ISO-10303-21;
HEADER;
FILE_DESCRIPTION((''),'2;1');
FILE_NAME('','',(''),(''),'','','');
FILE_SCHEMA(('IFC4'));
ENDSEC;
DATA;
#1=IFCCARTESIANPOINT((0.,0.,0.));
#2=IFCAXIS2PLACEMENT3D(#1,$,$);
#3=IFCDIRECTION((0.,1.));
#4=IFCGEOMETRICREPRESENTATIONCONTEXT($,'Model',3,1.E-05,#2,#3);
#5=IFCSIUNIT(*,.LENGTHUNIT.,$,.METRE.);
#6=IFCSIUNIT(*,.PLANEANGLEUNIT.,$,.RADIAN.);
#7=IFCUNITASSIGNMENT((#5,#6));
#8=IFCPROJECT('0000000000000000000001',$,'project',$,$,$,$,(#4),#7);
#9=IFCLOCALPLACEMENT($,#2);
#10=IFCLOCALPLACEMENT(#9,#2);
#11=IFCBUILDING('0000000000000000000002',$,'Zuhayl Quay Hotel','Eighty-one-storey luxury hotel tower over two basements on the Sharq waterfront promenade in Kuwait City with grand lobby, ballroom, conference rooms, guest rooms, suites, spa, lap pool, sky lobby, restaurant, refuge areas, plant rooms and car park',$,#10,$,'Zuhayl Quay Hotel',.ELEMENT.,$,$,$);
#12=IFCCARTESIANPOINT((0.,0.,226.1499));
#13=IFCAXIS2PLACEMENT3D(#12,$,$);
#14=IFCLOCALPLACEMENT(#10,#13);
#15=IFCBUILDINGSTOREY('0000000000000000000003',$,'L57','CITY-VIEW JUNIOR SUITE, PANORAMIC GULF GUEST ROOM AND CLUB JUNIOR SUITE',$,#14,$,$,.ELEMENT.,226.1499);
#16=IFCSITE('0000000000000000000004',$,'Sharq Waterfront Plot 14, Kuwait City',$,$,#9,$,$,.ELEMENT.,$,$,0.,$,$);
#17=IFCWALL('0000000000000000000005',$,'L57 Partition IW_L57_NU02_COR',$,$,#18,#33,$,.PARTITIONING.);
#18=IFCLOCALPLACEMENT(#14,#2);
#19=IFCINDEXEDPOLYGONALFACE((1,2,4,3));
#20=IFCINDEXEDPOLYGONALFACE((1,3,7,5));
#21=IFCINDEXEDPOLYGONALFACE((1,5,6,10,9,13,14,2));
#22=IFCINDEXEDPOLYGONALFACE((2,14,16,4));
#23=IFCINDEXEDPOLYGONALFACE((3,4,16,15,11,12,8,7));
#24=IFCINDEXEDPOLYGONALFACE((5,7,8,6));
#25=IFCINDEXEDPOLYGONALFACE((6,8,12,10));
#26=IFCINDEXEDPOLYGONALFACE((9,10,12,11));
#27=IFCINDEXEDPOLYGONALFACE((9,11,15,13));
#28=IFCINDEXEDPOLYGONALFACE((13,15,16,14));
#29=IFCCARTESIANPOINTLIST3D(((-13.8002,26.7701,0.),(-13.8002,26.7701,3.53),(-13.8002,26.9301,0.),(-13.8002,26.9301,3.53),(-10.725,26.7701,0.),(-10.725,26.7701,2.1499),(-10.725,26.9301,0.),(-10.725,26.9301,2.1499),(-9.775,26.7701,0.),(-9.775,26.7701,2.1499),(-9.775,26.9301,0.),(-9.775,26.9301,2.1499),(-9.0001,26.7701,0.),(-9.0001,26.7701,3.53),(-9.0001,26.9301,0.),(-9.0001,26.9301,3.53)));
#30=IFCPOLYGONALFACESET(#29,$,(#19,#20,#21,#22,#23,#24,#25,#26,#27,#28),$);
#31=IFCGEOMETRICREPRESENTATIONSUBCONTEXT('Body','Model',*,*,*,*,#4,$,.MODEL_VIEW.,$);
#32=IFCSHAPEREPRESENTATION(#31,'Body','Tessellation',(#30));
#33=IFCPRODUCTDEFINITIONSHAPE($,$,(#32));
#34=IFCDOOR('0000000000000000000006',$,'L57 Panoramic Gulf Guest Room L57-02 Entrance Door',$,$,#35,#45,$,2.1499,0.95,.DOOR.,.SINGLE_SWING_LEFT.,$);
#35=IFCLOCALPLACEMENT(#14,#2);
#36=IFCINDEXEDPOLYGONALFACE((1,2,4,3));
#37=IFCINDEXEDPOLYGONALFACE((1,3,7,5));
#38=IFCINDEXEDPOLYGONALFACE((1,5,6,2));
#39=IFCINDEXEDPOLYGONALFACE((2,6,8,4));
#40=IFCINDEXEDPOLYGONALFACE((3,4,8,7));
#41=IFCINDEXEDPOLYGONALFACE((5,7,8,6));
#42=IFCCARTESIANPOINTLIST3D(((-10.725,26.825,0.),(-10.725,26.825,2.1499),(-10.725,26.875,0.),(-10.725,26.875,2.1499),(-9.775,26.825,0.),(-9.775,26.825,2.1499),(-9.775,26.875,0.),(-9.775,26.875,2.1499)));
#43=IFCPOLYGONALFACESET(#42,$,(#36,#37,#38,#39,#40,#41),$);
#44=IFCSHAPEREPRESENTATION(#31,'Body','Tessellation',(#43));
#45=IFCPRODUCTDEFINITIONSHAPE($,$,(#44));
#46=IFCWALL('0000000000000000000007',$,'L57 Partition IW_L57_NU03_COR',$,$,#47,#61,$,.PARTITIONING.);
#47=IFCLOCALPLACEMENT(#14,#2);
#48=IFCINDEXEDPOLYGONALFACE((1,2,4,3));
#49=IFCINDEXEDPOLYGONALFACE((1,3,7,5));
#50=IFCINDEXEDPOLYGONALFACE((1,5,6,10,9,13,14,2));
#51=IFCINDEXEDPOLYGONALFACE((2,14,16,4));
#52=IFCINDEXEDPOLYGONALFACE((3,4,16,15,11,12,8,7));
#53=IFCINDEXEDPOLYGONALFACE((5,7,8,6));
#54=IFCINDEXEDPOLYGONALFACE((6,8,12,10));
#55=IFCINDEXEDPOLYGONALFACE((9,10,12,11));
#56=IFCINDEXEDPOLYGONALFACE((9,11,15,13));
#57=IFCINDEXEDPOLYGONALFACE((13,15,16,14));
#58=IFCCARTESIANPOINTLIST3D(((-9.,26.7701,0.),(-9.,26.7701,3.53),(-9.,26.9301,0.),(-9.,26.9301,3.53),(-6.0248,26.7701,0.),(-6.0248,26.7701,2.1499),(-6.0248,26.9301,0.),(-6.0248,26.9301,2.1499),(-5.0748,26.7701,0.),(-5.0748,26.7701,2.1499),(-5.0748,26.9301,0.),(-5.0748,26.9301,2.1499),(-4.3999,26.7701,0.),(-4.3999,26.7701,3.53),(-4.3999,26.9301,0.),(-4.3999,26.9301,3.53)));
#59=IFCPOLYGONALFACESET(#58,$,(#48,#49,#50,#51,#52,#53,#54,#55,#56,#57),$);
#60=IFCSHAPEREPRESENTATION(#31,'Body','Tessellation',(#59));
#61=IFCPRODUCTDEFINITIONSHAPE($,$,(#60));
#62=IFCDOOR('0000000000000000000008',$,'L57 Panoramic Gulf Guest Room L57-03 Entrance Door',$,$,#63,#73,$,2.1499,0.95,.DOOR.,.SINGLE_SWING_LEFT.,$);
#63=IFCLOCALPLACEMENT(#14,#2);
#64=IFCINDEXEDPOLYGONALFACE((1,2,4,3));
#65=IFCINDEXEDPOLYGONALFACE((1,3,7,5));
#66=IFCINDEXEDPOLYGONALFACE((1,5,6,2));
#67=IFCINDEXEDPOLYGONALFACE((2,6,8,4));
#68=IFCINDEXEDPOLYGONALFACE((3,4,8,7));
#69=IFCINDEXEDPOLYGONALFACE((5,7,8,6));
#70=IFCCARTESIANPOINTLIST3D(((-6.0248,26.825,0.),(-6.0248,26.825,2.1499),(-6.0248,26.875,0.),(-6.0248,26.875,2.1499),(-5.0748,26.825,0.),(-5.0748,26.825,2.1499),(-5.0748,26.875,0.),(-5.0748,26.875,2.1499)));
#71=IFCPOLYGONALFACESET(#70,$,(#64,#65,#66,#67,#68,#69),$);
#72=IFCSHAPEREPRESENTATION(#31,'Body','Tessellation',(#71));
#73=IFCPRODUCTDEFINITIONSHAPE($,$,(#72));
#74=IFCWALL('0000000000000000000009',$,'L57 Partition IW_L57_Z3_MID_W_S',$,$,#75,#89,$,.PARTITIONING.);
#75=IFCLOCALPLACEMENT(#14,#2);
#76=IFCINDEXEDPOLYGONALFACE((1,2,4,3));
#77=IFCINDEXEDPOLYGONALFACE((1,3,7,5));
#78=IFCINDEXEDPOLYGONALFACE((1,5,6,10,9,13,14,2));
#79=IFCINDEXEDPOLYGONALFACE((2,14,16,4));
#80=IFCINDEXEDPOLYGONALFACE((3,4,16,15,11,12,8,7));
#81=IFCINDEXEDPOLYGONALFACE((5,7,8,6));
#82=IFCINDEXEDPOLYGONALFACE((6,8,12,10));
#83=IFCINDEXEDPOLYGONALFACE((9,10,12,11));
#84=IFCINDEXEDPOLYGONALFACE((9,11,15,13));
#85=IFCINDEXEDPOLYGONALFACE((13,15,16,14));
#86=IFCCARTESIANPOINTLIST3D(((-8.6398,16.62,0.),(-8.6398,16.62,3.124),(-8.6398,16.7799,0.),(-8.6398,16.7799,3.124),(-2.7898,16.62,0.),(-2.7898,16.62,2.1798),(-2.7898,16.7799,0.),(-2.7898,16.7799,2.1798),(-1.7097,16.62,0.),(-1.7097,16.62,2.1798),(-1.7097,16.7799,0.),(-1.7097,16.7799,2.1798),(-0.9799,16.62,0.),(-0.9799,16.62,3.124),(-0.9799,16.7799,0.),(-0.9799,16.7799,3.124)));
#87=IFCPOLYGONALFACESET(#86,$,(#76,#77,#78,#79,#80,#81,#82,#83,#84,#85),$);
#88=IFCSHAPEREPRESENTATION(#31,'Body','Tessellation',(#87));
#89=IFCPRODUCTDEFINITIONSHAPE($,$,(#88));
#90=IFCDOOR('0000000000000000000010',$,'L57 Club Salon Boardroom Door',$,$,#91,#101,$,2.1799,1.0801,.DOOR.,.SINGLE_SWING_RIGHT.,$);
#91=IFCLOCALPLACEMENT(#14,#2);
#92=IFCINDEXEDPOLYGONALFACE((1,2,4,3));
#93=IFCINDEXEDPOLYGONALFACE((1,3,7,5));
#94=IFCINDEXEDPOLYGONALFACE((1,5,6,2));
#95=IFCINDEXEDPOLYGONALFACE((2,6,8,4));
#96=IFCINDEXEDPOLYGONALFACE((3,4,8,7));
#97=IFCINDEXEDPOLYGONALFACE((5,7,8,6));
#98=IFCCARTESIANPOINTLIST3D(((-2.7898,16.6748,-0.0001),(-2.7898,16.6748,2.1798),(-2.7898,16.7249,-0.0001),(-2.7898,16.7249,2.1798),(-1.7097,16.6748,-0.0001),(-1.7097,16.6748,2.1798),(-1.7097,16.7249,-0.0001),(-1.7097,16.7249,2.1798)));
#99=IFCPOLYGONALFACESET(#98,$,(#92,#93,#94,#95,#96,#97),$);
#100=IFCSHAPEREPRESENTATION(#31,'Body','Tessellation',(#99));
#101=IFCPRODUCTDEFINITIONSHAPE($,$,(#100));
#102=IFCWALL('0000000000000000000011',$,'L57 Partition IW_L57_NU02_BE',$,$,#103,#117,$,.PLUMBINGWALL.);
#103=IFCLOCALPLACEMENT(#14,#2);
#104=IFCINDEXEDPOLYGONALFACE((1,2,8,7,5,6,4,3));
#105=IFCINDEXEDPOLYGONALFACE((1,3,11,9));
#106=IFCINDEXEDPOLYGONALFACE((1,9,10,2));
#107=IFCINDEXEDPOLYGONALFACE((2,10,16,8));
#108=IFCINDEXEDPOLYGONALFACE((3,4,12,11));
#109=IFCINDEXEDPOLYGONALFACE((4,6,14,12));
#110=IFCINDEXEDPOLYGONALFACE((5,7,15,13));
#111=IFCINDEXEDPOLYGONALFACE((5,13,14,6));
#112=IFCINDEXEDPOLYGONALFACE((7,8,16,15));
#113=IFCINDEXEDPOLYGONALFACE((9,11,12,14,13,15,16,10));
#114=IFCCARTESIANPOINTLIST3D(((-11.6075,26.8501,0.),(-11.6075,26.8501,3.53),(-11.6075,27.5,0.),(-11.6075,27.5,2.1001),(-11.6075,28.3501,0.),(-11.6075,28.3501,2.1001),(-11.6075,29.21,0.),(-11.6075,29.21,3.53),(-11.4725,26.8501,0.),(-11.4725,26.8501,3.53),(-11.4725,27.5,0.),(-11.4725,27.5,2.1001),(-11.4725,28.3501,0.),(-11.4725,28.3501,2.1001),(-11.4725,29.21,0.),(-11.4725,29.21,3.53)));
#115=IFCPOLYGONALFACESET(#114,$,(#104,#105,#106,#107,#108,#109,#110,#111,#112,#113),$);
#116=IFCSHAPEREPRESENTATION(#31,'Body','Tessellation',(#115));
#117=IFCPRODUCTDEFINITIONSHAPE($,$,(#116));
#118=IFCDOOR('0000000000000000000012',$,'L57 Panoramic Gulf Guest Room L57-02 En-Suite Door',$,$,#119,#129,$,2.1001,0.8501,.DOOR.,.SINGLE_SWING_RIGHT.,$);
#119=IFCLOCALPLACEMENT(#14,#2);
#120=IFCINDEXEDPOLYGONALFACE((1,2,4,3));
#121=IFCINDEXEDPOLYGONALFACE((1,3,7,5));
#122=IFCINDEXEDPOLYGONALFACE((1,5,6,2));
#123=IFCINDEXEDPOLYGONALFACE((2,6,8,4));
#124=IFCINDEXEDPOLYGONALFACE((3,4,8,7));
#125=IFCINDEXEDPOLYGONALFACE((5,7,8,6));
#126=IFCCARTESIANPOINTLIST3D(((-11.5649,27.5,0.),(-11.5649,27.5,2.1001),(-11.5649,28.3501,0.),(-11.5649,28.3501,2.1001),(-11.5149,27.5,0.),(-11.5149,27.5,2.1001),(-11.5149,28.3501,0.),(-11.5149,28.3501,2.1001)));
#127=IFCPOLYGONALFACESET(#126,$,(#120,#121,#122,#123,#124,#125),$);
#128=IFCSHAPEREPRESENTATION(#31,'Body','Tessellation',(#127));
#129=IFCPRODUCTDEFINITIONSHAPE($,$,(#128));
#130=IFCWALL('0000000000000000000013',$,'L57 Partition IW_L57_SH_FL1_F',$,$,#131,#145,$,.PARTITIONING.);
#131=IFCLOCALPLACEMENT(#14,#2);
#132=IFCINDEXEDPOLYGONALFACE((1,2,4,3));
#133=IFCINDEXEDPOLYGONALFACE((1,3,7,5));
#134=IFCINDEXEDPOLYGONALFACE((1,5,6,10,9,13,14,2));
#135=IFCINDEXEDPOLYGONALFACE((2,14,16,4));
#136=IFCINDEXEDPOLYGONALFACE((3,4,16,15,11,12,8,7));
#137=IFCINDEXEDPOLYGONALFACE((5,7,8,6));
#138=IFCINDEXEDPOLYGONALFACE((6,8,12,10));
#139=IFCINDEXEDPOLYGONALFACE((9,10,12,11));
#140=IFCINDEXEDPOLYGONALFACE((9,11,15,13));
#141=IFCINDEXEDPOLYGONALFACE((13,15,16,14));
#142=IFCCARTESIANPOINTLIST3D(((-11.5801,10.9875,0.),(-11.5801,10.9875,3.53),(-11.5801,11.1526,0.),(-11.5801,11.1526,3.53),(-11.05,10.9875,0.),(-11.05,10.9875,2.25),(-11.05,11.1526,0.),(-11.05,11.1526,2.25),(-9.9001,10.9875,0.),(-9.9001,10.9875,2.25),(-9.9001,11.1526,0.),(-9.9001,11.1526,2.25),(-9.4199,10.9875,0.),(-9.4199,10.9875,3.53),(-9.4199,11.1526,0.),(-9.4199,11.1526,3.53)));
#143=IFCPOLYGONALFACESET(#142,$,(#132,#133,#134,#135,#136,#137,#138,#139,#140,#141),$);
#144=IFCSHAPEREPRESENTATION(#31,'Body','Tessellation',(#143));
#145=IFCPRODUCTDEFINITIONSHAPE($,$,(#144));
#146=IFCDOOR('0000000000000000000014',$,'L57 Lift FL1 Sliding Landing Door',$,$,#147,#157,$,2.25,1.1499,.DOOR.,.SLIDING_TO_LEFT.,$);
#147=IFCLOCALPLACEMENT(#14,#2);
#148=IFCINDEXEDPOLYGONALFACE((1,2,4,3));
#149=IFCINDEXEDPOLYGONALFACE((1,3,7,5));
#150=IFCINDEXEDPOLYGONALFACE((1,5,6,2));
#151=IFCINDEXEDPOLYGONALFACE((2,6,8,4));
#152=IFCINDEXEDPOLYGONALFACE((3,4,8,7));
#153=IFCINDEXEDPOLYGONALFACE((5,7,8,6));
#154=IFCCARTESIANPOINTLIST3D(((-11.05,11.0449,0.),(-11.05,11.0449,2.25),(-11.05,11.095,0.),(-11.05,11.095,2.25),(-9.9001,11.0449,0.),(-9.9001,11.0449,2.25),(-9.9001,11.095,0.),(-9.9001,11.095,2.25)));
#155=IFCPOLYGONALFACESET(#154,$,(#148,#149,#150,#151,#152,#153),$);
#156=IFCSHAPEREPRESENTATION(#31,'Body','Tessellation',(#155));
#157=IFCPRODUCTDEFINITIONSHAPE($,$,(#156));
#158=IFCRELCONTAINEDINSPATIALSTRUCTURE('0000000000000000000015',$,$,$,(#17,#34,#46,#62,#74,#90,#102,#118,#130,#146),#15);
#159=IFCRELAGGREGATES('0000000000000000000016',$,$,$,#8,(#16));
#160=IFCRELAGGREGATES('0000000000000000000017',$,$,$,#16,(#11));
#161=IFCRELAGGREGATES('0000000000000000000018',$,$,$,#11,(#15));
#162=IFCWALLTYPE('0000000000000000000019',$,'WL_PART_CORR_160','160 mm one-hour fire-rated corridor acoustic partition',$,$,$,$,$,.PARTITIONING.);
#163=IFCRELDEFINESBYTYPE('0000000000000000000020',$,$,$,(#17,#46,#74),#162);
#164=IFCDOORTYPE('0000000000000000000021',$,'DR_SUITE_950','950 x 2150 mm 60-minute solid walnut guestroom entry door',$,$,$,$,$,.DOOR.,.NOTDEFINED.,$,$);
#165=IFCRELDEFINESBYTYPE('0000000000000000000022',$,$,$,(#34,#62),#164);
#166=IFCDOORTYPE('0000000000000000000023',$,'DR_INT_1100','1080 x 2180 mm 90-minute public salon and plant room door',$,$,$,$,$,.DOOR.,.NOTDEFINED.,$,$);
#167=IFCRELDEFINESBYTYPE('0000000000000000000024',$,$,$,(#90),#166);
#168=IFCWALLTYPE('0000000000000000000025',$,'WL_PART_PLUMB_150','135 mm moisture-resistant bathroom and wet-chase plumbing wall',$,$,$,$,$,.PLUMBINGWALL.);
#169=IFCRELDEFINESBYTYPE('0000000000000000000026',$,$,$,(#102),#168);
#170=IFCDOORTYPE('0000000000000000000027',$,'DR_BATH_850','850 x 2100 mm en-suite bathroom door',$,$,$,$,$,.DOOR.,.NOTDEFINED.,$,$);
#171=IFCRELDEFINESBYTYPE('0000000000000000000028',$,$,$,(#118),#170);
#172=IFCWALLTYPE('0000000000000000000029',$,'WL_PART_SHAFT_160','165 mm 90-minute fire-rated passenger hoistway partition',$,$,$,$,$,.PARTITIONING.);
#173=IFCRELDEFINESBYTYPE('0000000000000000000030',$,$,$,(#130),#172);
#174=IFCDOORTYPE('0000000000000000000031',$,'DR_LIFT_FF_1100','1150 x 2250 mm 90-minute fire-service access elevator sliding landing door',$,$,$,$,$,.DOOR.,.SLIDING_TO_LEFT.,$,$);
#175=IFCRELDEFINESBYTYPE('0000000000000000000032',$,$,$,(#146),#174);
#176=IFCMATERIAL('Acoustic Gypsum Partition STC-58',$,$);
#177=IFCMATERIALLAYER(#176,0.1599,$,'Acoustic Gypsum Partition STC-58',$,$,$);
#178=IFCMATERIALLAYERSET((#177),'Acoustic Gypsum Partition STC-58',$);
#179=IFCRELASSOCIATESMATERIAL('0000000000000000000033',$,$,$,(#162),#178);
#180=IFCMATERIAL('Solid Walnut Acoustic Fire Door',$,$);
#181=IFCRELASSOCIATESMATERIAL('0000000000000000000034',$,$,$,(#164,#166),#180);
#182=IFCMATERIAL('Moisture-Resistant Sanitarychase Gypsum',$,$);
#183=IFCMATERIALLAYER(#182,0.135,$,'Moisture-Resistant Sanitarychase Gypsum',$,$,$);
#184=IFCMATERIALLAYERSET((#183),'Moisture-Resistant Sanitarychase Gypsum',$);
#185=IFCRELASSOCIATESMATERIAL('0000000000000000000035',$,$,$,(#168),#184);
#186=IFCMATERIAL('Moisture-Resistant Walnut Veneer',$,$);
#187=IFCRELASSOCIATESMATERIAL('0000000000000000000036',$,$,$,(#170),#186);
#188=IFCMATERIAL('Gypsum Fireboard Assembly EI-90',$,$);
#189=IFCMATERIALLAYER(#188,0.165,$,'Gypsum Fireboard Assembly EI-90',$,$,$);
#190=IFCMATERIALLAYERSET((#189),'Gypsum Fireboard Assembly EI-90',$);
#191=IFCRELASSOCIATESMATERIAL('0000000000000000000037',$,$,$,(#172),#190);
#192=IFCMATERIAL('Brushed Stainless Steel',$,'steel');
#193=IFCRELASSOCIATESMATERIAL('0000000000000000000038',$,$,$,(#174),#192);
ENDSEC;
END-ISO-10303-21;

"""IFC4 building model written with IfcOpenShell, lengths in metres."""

from ifc_helpers import new_model, si_unit, direction, frame, frame_2d, origin, place, context, subcontext, project, spatial, rectangle, extrude, material, layer, layer_set, type_object, element, fill, save


model = new_model("IFC4")

# Units and contexts
model_context = context("Model", 3, precision=1e-05, world=origin(), true_north=direction((0.0, 1.0)))
body_context = subcontext(model_context, "Body", "Model", "MODEL_VIEW")
ifc_project = project(units=[si_unit("LENGTHUNIT", "METRE"), si_unit("PLANEANGLEUNIT", "RADIAN")], contexts=[model_context])

# Site, building, storey
site_placement = place(None, origin())
site = spatial("IfcSite", under=ifc_project, at=site_placement, Name="Sharq Waterfront Plot 14, Kuwait City", CompositionType="ELEMENT", RefElevation=0.0)
building_placement = place(site_placement, origin())
building = spatial("IfcBuilding", under=site, at=building_placement, Name="Zuhayl Quay Hotel", Description="Eighty-one-storey luxury hotel tower over two basements on the Sharq waterfront promenade in Kuwait City with grand lobby, ballroom, conference rooms, guest rooms, suites, spa, lap pool, sky lobby, restaurant, refuge areas, plant rooms and car park", LongName="Zuhayl Quay Hotel", CompositionType="ELEMENT")
storey_placement = place(building_placement, frame((0.0, 0.0, 226.1499)))
storey = spatial("IfcBuildingStorey", under=building, at=storey_placement, Name="L57", Description="CITY-VIEW JUNIOR SUITE, PANORAMIC GULF GUEST ROOM AND CLUB JUNIOR SUITE", CompositionType="ELEMENT", Elevation=226.1499)

# Shared definitions
ifc_material_1 = material(Name="Acoustic Gypsum Partition STC-58")

# Walls, openings, doors
ifc_layer_1 = layer(ifc_material_1, 0.1599, Name="Acoustic Gypsum Partition STC-58")
ifc_layer_set_1 = layer_set([ifc_layer_1], Name="Acoustic Gypsum Partition STC-58")
wall_type_1 = type_object("IfcWallType", Name="WL_PART_CORR_160", Description="160 mm one-hour fire-rated corridor acoustic partition", PredefinedType="PARTITIONING", material=ifc_layer_set_1)
wall_1_placement = place(storey_placement, frame((-13.8, 26.8501, 0.0), z_axis=(0.0, 0.0, 1.0), x_axis=(1.0, 0.0, 0.0)))
wall_1 = element("IfcWall", 1, at=wall_1_placement, inside=storey, type_object=wall_type_1, Name="L57 Partition IW_L57_NU02_COR", PredefinedType="PARTITIONING", context=body_context, shape_type="SweptSolid", body=[
    extrude(rectangle(XDim=4.8, YDim=0.1599, at=frame_2d((2.3999, 0.0))), origin(), (0.0, 0.0, 1.0), 3.53),
])
opening_1_placement = place(wall_1_placement, frame((3.075, 0.0, 0.0)))
opening_1 = element("IfcOpeningElement", 2, at=opening_1_placement, cuts=wall_1, PredefinedType="OPENING", context=body_context, shape_type="SweptSolid", body=[
    extrude(rectangle(XDim=0.95, YDim=2.1499, at=frame_2d((0.4751, 1.075))), frame((0.0, 0.0898, 0.0), z_axis=(0.0, -1.0, 0.0), x_axis=(1.0, 0.0, 0.0)), (0.0, 0.0, 1.0), 0.1799),
])
ifc_material_2 = material(Name="Solid Walnut Acoustic Fire Door")
door_type_1 = type_object("IfcDoorType", Name="DR_SUITE_950", Description="950 x 2150 mm 60-minute solid walnut guestroom entry door", OperationType="NOTDEFINED", PredefinedType="DOOR", material=ifc_material_2)
door_1_placement = place(opening_1_placement, origin())
door_1 = element("IfcDoor", 3, at=door_1_placement, inside=storey, type_object=door_type_1, Name="L57 Panoramic Gulf Guest Room L57-02 Entrance Door", OperationType="SINGLE_SWING_LEFT", OverallHeight=2.1499, OverallWidth=0.95, PredefinedType="DOOR", context=body_context, shape_type="SweptSolid", body=[
    extrude(rectangle(XDim=0.95, YDim=2.1499, at=frame_2d((0.4751, 1.075))), frame((0.0, 0.0249, 0.0), z_axis=(0.0, -1.0, 0.0), x_axis=(1.0, 0.0, 0.0)), (0.0, 0.0, 1.0), 0.05),
])
fill(opening_1, door_1)
wall_2_placement = place(storey_placement, frame((-9.0, 26.8501, 0.0), z_axis=(0.0, 0.0, 1.0), x_axis=(1.0, 0.0, 0.0)))
wall_2 = element("IfcWall", 4, at=wall_2_placement, inside=storey, type_object=wall_type_1, Name="L57 Partition IW_L57_NU03_COR", PredefinedType="PARTITIONING", context=body_context, shape_type="SweptSolid", body=[
    extrude(rectangle(XDim=4.6001, YDim=0.1599, at=frame_2d((2.3, 0.0))), origin(), (0.0, 0.0, 1.0), 3.53),
])
opening_2_placement = place(wall_2_placement, frame((2.9751, 0.0, 0.0)))
opening_2 = element("IfcOpeningElement", 5, at=opening_2_placement, cuts=wall_2, PredefinedType="OPENING", context=body_context, shape_type="SweptSolid", body=[
    extrude(rectangle(XDim=0.95, YDim=2.1499, at=frame_2d((0.4751, 1.075))), frame((0.0, 0.0898, 0.0), z_axis=(0.0, -1.0, 0.0), x_axis=(1.0, 0.0, 0.0)), (0.0, 0.0, 1.0), 0.1799),
])
door_2_placement = place(opening_2_placement, origin())
door_2 = element("IfcDoor", 6, at=door_2_placement, inside=storey, type_object=door_type_1, Name="L57 Panoramic Gulf Guest Room L57-03 Entrance Door", OperationType="SINGLE_SWING_LEFT", OverallHeight=2.1499, OverallWidth=0.95, PredefinedType="DOOR", context=body_context, shape_type="SweptSolid", body=[
    extrude(rectangle(XDim=0.95, YDim=2.1499, at=frame_2d((0.4751, 1.075))), frame((0.0, 0.0249, 0.0), z_axis=(0.0, -1.0, 0.0), x_axis=(1.0, 0.0, 0.0)), (0.0, 0.0, 1.0), 0.05),
])
fill(opening_2, door_2)
wall_3_placement = place(storey_placement, frame((-8.6399, 16.7, 0.0), z_axis=(0.0, 0.0, 1.0), x_axis=(1.0, 0.0, 0.0)))
wall_3 = element("IfcWall", 7, at=wall_3_placement, inside=storey, type_object=wall_type_1, Name="L57 Partition IW_L57_Z3_MID_W_S", PredefinedType="PARTITIONING", context=body_context, shape_type="SweptSolid", body=[
    extrude(rectangle(XDim=7.6599, YDim=0.1599, at=frame_2d((3.8301, 0.0))), origin(), (0.0, 0.0, 1.0), 3.124),
])
opening_3_placement = place(wall_3_placement, frame((5.8501, 0.0, 0.0)))
opening_3 = element("IfcOpeningElement", 8, at=opening_3_placement, cuts=wall_3, PredefinedType="OPENING", context=body_context, shape_type="SweptSolid", body=[
    extrude(rectangle(XDim=1.0801, YDim=2.1799, at=frame_2d((0.54, 1.0898))), frame((0.0, 0.0898, 0.0), z_axis=(0.0, -1.0, 0.0), x_axis=(1.0, 0.0, 0.0)), (0.0, 0.0, 1.0), 0.1799),
])
door_type_2 = type_object("IfcDoorType", Name="DR_INT_1100", Description="1080 x 2180 mm 90-minute public salon and plant room door", OperationType="NOTDEFINED", PredefinedType="DOOR", material=ifc_material_2)
door_3_placement = place(opening_3_placement, origin())
door_3 = element("IfcDoor", 9, at=door_3_placement, inside=storey, type_object=door_type_2, Name="L57 Club Salon Boardroom Door", OperationType="SINGLE_SWING_RIGHT", OverallHeight=2.1799, OverallWidth=1.0801, PredefinedType="DOOR", context=body_context, shape_type="SweptSolid", body=[
    extrude(rectangle(XDim=1.0801, YDim=2.1799, at=frame_2d((0.54, 1.0898))), frame((0.0, 0.0249, 0.0), z_axis=(0.0, -1.0, 0.0), x_axis=(1.0, 0.0, 0.0)), (0.0, 0.0, 1.0), 0.05),
])
fill(opening_3, door_3)
ifc_material_3 = material(Name="Moisture-Resistant Sanitarychase Gypsum")
ifc_layer_2 = layer(ifc_material_3, 0.135, Name="Moisture-Resistant Sanitarychase Gypsum")
ifc_layer_set_2 = layer_set([ifc_layer_2], Name="Moisture-Resistant Sanitarychase Gypsum")
wall_type_2 = type_object("IfcWallType", Name="WL_PART_PLUMB_150", Description="135 mm moisture-resistant bathroom and wet-chase plumbing wall", PredefinedType="PLUMBINGWALL", material=ifc_layer_set_2)
wall_4_placement = place(storey_placement, frame((-11.54, 26.8501, 0.0), z_axis=(0.0, 0.0, 1.0), x_axis=(0.0, 1.0, 0.0)))
wall_4 = element("IfcWall", 10, at=wall_4_placement, inside=storey, type_object=wall_type_2, Name="L57 Partition IW_L57_NU02_BE", PredefinedType="PLUMBINGWALL", context=body_context, shape_type="SweptSolid", body=[
    extrude(rectangle(XDim=2.3599, YDim=0.135, at=frame_2d((1.1799, 0.0))), origin(), (0.0, 0.0, 1.0), 3.53),
])
opening_4_placement = place(wall_4_placement, frame((0.6499, 0.0, 0.0)))
opening_4 = element("IfcOpeningElement", 11, at=opening_4_placement, cuts=wall_4, PredefinedType="OPENING", context=body_context, shape_type="SweptSolid", body=[
    extrude(rectangle(XDim=0.8501, YDim=2.1001, at=frame_2d((0.425, 1.05))), frame((0.0, 0.0774, 0.0), z_axis=(0.0, -1.0, 0.0), x_axis=(1.0, 0.0, 0.0)), (0.0, 0.0, 1.0), 0.155),
])
ifc_material_4 = material(Name="Moisture-Resistant Walnut Veneer")
door_type_3 = type_object("IfcDoorType", Name="DR_BATH_850", Description="850 x 2100 mm en-suite bathroom door", OperationType="NOTDEFINED", PredefinedType="DOOR", material=ifc_material_4)
door_4_placement = place(opening_4_placement, origin())
door_4 = element("IfcDoor", 12, at=door_4_placement, inside=storey, type_object=door_type_3, Name="L57 Panoramic Gulf Guest Room L57-02 En-Suite Door", OperationType="SINGLE_SWING_RIGHT", OverallHeight=2.1001, OverallWidth=0.8501, PredefinedType="DOOR", context=body_context, shape_type="SweptSolid", body=[
    extrude(rectangle(XDim=0.8501, YDim=2.1001, at=frame_2d((0.425, 1.05))), frame((0.0, 0.0249, 0.0), z_axis=(0.0, -1.0, 0.0), x_axis=(1.0, 0.0, 0.0)), (0.0, 0.0, 1.0), 0.05),
])
fill(opening_4, door_4)
ifc_material_5 = material(Name="Gypsum Fireboard Assembly EI-90")
ifc_layer_3 = layer(ifc_material_5, 0.165, Name="Gypsum Fireboard Assembly EI-90")
ifc_layer_set_3 = layer_set([ifc_layer_3], Name="Gypsum Fireboard Assembly EI-90")
wall_type_3 = type_object("IfcWallType", Name="WL_PART_SHAFT_160", Description="165 mm 90-minute fire-rated passenger hoistway partition", PredefinedType="PARTITIONING", material=ifc_layer_set_3)
wall_5_placement = place(storey_placement, frame((-11.5801, 11.0701, 0.0), z_axis=(0.0, 0.0, 1.0), x_axis=(1.0, 0.0, 0.0)))
wall_5 = element("IfcWall", 13, at=wall_5_placement, inside=storey, type_object=wall_type_3, Name="L57 Partition IW_L57_SH_FL1_F", PredefinedType="PARTITIONING", context=body_context, shape_type="SweptSolid", body=[
    extrude(rectangle(XDim=2.1602, YDim=0.165, at=frame_2d((1.0801, 0.0))), origin(), (0.0, 0.0, 1.0), 3.53),
])
opening_5_placement = place(wall_5_placement, frame((0.53, 0.0, 0.0)))
opening_5 = element("IfcOpeningElement", 14, at=opening_5_placement, cuts=wall_5, PredefinedType="OPENING", context=body_context, shape_type="SweptSolid", body=[
    extrude(rectangle(XDim=1.1499, YDim=2.25, at=frame_2d((0.575, 1.125))), frame((0.0, 0.0925, 0.0), z_axis=(0.0, -1.0, 0.0), x_axis=(1.0, 0.0, 0.0)), (0.0, 0.0, 1.0), 0.1851),
])
ifc_material_6 = material(Name="Brushed Stainless Steel", Category="steel")
door_type_4 = type_object("IfcDoorType", Name="DR_LIFT_FF_1100", Description="1150 x 2250 mm 90-minute fire-service access elevator sliding landing door", OperationType="SLIDING_TO_LEFT", PredefinedType="DOOR", material=ifc_material_6)
door_5_placement = place(opening_5_placement, origin())
door_5 = element("IfcDoor", 15, at=door_5_placement, inside=storey, type_object=door_type_4, Name="L57 Lift FL1 Sliding Landing Door", OperationType="SLIDING_TO_LEFT", OverallHeight=2.25, OverallWidth=1.1499, PredefinedType="DOOR", context=body_context, shape_type="SweptSolid", body=[
    extrude(rectangle(XDim=1.1499, YDim=2.25, at=frame_2d((0.575, 1.125))), frame((0.0, 0.0249, 0.0), z_axis=(0.0, -1.0, 0.0), x_axis=(1.0, 0.0, 0.0)), (0.0, 0.0, 1.0), 0.05),
])
fill(opening_5, door_5)

save(model, "model.ifc")
